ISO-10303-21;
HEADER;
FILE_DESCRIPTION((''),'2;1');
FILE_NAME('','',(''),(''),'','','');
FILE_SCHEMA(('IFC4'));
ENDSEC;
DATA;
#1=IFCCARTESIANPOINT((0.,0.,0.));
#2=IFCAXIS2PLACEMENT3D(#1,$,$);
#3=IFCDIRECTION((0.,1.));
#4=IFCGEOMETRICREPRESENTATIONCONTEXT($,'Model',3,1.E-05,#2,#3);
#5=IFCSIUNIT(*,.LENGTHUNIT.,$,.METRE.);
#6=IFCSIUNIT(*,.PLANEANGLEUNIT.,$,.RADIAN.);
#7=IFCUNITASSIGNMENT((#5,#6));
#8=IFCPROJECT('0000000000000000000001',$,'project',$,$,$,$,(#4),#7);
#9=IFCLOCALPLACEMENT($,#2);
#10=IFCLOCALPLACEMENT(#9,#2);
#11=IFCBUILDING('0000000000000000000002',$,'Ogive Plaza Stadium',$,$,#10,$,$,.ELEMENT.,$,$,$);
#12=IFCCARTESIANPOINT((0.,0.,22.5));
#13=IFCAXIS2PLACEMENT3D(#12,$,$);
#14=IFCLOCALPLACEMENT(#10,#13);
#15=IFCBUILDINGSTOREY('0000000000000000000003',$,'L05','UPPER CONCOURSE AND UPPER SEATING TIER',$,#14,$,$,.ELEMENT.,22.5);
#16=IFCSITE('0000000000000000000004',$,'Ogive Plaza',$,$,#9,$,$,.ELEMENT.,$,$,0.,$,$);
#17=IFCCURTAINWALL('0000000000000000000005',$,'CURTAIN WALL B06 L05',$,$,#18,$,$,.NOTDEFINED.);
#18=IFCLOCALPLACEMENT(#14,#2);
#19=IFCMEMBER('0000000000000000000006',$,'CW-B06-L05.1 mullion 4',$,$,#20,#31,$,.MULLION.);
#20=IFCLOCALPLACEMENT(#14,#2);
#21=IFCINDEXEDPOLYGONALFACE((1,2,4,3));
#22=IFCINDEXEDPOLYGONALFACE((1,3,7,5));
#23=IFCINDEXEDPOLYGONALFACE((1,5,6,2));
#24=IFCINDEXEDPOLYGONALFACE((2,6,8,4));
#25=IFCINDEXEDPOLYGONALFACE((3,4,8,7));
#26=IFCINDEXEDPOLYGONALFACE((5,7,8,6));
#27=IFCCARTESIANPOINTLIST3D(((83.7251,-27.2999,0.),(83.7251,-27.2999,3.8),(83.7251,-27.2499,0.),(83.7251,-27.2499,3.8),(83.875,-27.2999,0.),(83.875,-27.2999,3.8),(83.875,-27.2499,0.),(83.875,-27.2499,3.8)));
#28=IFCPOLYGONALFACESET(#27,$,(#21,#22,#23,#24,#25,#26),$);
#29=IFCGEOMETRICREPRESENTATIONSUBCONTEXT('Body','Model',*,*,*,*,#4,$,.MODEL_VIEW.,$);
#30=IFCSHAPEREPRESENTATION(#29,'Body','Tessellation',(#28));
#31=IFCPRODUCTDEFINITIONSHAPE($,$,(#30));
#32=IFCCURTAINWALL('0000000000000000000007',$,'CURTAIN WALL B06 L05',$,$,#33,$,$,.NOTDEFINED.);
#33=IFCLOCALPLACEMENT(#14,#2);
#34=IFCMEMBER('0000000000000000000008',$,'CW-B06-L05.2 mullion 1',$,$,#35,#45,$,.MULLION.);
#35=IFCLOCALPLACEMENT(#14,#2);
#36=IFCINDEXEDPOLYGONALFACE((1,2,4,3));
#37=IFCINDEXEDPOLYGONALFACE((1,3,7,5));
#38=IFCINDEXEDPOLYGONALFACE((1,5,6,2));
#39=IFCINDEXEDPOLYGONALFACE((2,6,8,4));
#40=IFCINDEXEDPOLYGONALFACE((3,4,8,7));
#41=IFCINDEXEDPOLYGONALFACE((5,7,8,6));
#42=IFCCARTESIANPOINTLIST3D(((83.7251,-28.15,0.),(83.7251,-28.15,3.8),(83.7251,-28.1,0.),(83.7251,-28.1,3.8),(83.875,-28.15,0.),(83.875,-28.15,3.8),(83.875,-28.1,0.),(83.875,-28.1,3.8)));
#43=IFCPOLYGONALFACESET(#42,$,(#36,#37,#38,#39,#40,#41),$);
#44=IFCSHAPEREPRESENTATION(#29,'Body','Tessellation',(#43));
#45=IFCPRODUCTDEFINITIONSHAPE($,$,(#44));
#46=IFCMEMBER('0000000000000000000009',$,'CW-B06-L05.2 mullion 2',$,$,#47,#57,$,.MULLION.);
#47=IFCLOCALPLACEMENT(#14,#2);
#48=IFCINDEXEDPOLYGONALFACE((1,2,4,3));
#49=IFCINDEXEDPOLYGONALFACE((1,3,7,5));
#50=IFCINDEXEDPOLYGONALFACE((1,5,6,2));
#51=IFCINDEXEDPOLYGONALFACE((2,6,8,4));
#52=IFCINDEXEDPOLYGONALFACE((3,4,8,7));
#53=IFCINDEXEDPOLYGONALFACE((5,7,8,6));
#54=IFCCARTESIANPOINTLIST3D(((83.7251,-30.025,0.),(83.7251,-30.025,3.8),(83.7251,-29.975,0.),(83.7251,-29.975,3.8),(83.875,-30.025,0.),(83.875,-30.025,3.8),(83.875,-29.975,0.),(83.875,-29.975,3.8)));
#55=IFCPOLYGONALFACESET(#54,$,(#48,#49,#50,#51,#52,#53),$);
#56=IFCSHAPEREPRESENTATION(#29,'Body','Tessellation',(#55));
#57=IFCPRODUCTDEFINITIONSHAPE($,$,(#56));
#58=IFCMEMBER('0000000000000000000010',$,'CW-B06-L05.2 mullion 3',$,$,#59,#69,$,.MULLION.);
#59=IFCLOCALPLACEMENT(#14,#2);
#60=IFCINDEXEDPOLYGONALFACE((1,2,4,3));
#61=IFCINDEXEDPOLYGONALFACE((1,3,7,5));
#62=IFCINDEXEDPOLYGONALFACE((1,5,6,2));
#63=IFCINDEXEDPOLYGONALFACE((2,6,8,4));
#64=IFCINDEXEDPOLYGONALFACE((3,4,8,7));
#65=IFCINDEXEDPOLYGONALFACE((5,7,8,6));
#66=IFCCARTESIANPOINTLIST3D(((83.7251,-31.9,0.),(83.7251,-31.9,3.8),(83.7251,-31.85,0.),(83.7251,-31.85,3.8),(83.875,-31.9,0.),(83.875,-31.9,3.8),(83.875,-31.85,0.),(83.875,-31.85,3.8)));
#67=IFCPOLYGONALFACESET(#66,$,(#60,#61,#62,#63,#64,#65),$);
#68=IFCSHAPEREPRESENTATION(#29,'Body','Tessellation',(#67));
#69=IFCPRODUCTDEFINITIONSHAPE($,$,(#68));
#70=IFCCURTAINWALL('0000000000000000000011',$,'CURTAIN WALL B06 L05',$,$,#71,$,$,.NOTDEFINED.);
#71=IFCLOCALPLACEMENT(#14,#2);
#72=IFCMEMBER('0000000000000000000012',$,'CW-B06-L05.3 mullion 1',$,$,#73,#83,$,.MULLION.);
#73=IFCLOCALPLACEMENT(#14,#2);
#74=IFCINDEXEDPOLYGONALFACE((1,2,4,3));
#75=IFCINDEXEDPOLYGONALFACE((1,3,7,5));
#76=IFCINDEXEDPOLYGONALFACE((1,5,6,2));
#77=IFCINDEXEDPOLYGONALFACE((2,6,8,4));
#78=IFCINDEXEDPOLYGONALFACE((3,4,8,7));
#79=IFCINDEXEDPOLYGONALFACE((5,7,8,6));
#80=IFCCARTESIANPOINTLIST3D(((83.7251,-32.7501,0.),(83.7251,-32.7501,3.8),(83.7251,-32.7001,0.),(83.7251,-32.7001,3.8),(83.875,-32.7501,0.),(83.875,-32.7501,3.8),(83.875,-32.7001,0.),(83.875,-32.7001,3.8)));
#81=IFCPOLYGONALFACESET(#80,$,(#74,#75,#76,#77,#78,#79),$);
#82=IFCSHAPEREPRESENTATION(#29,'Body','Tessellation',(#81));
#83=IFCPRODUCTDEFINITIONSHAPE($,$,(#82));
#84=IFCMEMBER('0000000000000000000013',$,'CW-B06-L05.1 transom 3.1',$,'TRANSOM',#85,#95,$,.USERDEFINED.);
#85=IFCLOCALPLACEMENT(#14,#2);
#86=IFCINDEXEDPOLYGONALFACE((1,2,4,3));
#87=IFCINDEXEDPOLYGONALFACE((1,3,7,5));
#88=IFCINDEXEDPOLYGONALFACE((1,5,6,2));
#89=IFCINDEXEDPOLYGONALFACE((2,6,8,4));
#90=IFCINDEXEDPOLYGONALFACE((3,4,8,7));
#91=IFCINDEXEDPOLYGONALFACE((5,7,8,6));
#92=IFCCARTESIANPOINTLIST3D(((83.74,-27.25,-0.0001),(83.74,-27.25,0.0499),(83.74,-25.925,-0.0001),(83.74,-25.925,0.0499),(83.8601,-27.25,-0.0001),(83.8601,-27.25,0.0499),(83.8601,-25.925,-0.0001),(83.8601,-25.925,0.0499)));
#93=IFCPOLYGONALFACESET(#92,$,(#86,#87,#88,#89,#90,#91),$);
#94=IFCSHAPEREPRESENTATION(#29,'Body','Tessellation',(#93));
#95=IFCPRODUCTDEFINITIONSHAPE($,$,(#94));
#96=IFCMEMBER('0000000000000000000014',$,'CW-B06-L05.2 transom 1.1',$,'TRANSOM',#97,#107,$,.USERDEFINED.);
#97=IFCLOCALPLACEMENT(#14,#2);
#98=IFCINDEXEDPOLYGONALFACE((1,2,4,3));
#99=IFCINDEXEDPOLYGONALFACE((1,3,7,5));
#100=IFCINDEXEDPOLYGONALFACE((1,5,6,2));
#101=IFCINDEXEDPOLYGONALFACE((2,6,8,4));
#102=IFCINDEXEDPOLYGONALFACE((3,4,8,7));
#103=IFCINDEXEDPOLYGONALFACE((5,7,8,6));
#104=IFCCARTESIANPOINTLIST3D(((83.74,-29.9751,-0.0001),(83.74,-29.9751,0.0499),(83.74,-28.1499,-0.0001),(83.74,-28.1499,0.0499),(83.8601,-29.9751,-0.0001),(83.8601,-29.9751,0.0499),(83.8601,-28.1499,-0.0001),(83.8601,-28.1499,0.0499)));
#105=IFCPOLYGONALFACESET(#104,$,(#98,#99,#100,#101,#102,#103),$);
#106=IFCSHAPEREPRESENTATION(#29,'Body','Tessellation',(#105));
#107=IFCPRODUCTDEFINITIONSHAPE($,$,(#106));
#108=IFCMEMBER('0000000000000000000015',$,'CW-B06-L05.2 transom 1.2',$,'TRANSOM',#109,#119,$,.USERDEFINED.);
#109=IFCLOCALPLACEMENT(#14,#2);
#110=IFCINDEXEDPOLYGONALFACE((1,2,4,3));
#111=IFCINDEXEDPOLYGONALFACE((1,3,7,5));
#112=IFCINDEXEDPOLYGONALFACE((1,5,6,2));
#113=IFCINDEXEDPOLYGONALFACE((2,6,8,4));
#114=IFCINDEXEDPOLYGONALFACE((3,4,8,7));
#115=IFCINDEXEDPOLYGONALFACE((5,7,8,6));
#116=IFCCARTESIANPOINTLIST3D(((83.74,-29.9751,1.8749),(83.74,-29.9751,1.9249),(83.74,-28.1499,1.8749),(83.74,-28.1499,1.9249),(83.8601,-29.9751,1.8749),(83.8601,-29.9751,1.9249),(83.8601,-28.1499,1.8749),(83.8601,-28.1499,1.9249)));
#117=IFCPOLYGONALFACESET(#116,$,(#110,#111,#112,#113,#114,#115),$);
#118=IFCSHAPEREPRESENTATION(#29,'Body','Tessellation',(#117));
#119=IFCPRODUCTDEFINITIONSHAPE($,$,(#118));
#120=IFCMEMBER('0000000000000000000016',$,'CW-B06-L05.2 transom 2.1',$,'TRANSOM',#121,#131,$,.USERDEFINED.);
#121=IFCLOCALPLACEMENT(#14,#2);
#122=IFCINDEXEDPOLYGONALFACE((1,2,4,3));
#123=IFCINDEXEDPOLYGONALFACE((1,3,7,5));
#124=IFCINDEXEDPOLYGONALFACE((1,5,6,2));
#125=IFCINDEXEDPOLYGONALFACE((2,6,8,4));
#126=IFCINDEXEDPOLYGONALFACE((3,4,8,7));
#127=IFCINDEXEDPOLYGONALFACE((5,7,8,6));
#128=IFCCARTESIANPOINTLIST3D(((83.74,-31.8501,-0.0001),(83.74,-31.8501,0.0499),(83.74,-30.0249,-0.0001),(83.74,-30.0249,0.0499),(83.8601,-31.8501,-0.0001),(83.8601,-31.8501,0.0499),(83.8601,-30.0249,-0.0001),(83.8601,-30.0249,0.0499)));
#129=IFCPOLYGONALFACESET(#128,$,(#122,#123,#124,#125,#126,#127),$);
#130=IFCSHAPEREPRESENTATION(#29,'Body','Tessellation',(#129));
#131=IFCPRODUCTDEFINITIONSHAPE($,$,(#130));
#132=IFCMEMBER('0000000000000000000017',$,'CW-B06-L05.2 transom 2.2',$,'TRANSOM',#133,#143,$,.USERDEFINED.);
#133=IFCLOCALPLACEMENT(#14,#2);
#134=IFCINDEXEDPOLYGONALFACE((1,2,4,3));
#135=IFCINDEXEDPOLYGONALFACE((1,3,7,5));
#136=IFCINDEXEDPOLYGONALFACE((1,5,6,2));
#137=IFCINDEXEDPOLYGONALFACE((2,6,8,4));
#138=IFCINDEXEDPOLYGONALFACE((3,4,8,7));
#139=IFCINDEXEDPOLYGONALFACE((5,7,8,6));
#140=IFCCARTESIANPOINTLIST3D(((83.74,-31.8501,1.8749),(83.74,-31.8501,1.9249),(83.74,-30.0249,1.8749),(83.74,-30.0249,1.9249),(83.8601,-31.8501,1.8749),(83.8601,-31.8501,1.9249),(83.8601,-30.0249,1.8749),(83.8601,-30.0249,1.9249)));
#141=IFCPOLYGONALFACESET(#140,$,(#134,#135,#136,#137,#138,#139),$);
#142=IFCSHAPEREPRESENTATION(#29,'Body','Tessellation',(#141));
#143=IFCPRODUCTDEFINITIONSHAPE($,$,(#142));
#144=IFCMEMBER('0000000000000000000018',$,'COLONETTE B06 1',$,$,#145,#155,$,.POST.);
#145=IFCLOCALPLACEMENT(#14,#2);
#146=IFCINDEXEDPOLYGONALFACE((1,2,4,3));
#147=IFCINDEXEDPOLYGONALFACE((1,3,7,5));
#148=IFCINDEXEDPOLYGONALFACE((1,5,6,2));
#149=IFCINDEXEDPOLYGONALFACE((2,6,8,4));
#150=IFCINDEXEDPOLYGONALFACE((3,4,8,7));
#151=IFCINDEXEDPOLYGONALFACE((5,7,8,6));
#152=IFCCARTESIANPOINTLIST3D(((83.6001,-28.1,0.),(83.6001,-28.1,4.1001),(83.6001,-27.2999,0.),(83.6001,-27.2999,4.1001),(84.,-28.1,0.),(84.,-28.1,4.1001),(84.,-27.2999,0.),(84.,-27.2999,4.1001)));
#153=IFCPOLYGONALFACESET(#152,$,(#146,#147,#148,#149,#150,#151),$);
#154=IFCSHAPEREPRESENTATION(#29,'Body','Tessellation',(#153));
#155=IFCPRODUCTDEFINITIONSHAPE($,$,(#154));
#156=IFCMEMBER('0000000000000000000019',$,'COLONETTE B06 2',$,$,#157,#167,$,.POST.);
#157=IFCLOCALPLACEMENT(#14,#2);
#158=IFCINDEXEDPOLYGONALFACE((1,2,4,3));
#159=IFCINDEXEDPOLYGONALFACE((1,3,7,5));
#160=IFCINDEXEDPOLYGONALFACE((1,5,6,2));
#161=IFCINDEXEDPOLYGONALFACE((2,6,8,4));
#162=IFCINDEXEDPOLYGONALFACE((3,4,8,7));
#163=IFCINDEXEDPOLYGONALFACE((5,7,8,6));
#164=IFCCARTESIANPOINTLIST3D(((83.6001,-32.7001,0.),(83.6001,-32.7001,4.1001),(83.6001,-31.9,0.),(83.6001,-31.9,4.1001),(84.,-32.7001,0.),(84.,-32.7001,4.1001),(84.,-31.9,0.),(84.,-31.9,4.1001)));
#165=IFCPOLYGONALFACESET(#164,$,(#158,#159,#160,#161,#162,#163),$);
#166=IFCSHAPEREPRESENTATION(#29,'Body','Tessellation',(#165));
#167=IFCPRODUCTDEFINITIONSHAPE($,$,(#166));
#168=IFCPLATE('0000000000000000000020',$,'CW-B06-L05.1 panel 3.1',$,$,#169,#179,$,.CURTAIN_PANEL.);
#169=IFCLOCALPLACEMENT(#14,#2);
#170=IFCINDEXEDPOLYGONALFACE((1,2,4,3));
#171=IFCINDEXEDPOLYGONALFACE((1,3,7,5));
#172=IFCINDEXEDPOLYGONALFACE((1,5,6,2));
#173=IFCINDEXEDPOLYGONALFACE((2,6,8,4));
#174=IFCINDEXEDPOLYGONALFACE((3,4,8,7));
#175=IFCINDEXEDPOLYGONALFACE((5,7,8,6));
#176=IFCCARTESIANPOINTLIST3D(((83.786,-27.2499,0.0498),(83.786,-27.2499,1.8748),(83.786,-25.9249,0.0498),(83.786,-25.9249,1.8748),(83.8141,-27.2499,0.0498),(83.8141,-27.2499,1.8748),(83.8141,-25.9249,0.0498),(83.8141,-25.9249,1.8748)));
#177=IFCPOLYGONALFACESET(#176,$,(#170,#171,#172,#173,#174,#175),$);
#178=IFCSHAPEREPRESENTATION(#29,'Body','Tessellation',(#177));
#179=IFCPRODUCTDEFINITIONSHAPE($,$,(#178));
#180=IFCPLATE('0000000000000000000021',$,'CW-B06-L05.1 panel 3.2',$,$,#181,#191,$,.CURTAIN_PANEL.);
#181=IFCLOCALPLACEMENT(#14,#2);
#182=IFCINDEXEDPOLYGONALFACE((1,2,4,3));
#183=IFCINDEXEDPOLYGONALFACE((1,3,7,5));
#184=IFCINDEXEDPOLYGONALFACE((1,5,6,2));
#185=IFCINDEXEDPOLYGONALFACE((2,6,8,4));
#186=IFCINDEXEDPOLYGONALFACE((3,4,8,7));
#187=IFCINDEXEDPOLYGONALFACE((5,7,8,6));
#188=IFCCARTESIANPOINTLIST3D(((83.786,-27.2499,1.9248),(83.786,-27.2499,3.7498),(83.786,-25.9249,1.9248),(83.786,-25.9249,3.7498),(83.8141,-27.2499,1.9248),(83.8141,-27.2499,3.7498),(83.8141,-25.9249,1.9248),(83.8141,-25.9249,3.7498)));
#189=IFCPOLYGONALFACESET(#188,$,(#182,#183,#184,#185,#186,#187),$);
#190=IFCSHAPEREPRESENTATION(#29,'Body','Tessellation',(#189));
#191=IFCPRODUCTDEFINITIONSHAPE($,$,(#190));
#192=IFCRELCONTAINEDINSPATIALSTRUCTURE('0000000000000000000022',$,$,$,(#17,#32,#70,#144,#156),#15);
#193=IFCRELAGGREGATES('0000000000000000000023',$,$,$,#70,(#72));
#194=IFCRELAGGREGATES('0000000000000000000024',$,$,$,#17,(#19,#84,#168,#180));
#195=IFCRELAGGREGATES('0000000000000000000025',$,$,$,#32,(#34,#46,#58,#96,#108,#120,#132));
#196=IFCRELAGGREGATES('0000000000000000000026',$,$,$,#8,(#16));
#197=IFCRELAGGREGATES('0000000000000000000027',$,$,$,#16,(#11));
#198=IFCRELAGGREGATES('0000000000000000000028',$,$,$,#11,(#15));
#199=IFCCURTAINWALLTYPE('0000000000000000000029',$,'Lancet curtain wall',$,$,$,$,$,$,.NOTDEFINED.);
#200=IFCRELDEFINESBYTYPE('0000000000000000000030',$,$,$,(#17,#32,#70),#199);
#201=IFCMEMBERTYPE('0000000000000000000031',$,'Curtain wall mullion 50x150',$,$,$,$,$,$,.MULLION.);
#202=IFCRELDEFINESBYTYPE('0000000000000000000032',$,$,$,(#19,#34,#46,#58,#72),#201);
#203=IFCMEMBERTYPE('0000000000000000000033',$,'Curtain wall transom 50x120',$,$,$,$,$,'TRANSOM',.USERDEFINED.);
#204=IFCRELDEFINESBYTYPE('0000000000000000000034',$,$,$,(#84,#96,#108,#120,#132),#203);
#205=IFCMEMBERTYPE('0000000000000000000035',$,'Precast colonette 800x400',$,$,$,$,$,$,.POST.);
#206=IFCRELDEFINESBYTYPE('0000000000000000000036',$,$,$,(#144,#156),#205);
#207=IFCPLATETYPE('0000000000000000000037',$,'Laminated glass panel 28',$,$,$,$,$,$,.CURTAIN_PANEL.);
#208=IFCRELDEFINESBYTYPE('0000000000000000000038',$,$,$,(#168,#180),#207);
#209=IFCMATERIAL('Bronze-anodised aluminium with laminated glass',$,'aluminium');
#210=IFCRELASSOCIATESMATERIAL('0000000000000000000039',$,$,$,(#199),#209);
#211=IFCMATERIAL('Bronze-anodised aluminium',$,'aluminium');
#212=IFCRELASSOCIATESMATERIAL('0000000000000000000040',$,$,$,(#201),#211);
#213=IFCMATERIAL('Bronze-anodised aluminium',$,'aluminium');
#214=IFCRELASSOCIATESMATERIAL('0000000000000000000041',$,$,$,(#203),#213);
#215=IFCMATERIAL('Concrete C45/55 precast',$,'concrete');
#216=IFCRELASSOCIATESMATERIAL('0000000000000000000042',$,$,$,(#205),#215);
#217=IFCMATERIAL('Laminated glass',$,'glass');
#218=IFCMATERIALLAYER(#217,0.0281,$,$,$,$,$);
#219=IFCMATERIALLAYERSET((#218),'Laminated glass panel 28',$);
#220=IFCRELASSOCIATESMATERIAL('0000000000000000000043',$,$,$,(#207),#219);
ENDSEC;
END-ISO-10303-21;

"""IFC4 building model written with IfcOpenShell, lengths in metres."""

from ifc_helpers import new_model, si_unit, direction, frame, origin, origin_2d, place, context, subcontext, project, spatial, rectangle, extrude, material, layer, layer_set, material_profile, profile_set, type_object, element, aggregate, save


model = new_model("IFC4")

# Units and contexts
model_context = context("Model", 3, precision=1e-05, world=origin(), true_north=direction((0.0, 1.0)))
body_context = subcontext(model_context, "Body", "Model", "MODEL_VIEW")
ifc_project = project(units=[si_unit("LENGTHUNIT", "METRE"), si_unit("PLANEANGLEUNIT", "RADIAN")], contexts=[model_context])

# Site, building, storey
site_placement = place(None, origin())
site = spatial("IfcSite", under=ifc_project, at=site_placement, Name="Ogive Plaza", CompositionType="ELEMENT", RefElevation=0.0)
building_placement = place(site_placement, origin())
building = spatial("IfcBuilding", under=site, at=building_placement, Name="Ogive Plaza Stadium", CompositionType="ELEMENT")
storey_placement = place(building_placement, frame((0.0, 0.0, 22.5)))
storey = spatial("IfcBuildingStorey", under=building, at=storey_placement, Name="L05", Description="UPPER CONCOURSE AND UPPER SEATING TIER", CompositionType="ELEMENT", Elevation=22.5)

# Curtain wall, member
ifc_material_1 = material(Name="Bronze-anodised aluminium with laminated glass", Category="aluminium")
curtain_wall_type = type_object("IfcCurtainWallType", Name="Lancet curtain wall", PredefinedType="NOTDEFINED", material=ifc_material_1)
curtain_wall_1_placement = place(storey_placement, origin())
curtain_wall_1 = element("IfcCurtainWall", 1, at=curtain_wall_1_placement, inside=storey, type_object=curtain_wall_type, Name="CURTAIN WALL B06 L05", PredefinedType="NOTDEFINED")
ifc_material_2 = material(Name="Bronze-anodised aluminium", Category="aluminium")
ifc_material_profile_1 = material_profile(ifc_material_2, rectangle(XDim=0.1499, YDim=0.05, at=origin_2d()), Name="AL 150x50")
ifc_profile_set_1 = profile_set([ifc_material_profile_1], Name="Bronze-anodised aluminium")
member_type_1 = type_object("IfcMemberType", Name="Curtain wall mullion 50x150", PredefinedType="MULLION", material=ifc_profile_set_1)
member_1_placement = place(storey_placement, frame((83.8, -27.2749, 0.0), z_axis=(0.0, 0.0, 1.0), x_axis=(1.0, 0.0, 0.0)))
member_1 = element("IfcMember", 2, at=member_1_placement, type_object=member_type_1, Name="CW-B06-L05.1 mullion 4", PredefinedType="MULLION", context=body_context, shape_type="SweptSolid", body=[
    extrude(rectangle(XDim=0.1499, YDim=0.05, at=origin_2d()), origin(), (0.0, 0.0, 1.0), 3.8),
])

# Curtain wall, members
curtain_wall_2_placement = place(storey_placement, origin())
curtain_wall_2 = element("IfcCurtainWall", 3, at=curtain_wall_2_placement, inside=storey, type_object=curtain_wall_type, Name="CURTAIN WALL B06 L05", PredefinedType="NOTDEFINED")
member_2_placement = place(storey_placement, frame((83.8, -28.125, 0.0), z_axis=(0.0, 0.0, 1.0), x_axis=(1.0, 0.0, 0.0)))
member_2 = element("IfcMember", 4, at=member_2_placement, type_object=member_type_1, Name="CW-B06-L05.2 mullion 1", PredefinedType="MULLION", context=body_context, shape_type="SweptSolid", body=[
    extrude(rectangle(XDim=0.1499, YDim=0.05, at=origin_2d()), origin(), (0.0, 0.0, 1.0), 3.8),
])
member_3_placement = place(storey_placement, frame((83.8, -30.0, 0.0), z_axis=(0.0, 0.0, 1.0), x_axis=(1.0, 0.0, 0.0)))
member_3 = element("IfcMember", 5, at=member_3_placement, type_object=member_type_1, Name="CW-B06-L05.2 mullion 2", PredefinedType="MULLION", context=body_context, shape_type="SweptSolid", body=[
    extrude(rectangle(XDim=0.1499, YDim=0.05, at=origin_2d()), origin(), (0.0, 0.0, 1.0), 3.8),
])
member_4_placement = place(storey_placement, frame((83.8, -31.875, 0.0), z_axis=(0.0, 0.0, 1.0), x_axis=(1.0, 0.0, 0.0)))
member_4 = element("IfcMember", 6, at=member_4_placement, type_object=member_type_1, Name="CW-B06-L05.2 mullion 3", PredefinedType="MULLION", context=body_context, shape_type="SweptSolid", body=[
    extrude(rectangle(XDim=0.1499, YDim=0.05, at=origin_2d()), origin(), (0.0, 0.0, 1.0), 3.8),
])

# Curtain wall, member
curtain_wall_3_placement = place(storey_placement, origin())
curtain_wall_3 = element("IfcCurtainWall", 7, at=curtain_wall_3_placement, inside=storey, type_object=curtain_wall_type, Name="CURTAIN WALL B06 L05", PredefinedType="NOTDEFINED")
member_5_placement = place(storey_placement, frame((83.8, -32.7251, 0.0), z_axis=(0.0, 0.0, 1.0), x_axis=(1.0, 0.0, 0.0)))
member_5 = element("IfcMember", 8, at=member_5_placement, type_object=member_type_1, Name="CW-B06-L05.3 mullion 1", PredefinedType="MULLION", context=body_context, shape_type="SweptSolid", body=[
    extrude(rectangle(XDim=0.1499, YDim=0.05, at=origin_2d()), origin(), (0.0, 0.0, 1.0), 3.8),
])
aggregate(curtain_wall_3, [member_5])

# Members
ifc_material_3 = material(Name="Bronze-anodised aluminium", Category="aluminium")
ifc_material_profile_2 = material_profile(ifc_material_3, rectangle(XDim=0.1201, YDim=0.05, at=origin_2d()), Name="AL 120x50")
ifc_profile_set_2 = profile_set([ifc_material_profile_2], Name="Bronze-anodised aluminium")
member_type_2 = type_object("IfcMemberType", Name="Curtain wall transom 50x120", ElementType="TRANSOM", PredefinedType="USERDEFINED", material=ifc_profile_set_2)
member_6_placement = place(storey_placement, frame((83.8, -25.925, 0.0249), z_axis=(0.0, -1.0, 0.0), x_axis=(1.0, 0.0, 0.0)))
member_6 = element("IfcMember", 9, at=member_6_placement, type_object=member_type_2, Name="CW-B06-L05.1 transom 3.1", ObjectType="TRANSOM", PredefinedType="USERDEFINED", context=body_context, shape_type="SweptSolid", body=[
    extrude(rectangle(XDim=0.1201, YDim=0.05, at=origin_2d()), origin(), (0.0, 0.0, 1.0), 1.325),
])
member_7_placement = place(storey_placement, frame((83.8, -28.1499, 0.0249), z_axis=(0.0, -1.0, 0.0), x_axis=(1.0, 0.0, 0.0)))
member_7 = element("IfcMember", 10, at=member_7_placement, type_object=member_type_2, Name="CW-B06-L05.2 transom 1.1", ObjectType="TRANSOM", PredefinedType="USERDEFINED", context=body_context, shape_type="SweptSolid", body=[
    extrude(rectangle(XDim=0.1201, YDim=0.05, at=origin_2d()), origin(), (0.0, 0.0, 1.0), 1.8252),
])
member_8_placement = place(storey_placement, frame((83.8, -28.1499, 1.8999), z_axis=(0.0, -1.0, 0.0), x_axis=(1.0, 0.0, 0.0)))
member_8 = element("IfcMember", 11, at=member_8_placement, type_object=member_type_2, Name="CW-B06-L05.2 transom 1.2", ObjectType="TRANSOM", PredefinedType="USERDEFINED", context=body_context, shape_type="SweptSolid", body=[
    extrude(rectangle(XDim=0.1201, YDim=0.05, at=origin_2d()), origin(), (0.0, 0.0, 1.0), 1.8252),
])
member_9_placement = place(storey_placement, frame((83.8, -30.0249, 0.0249), z_axis=(0.0, -1.0, 0.0), x_axis=(1.0, 0.0, 0.0)))
member_9 = element("IfcMember", 12, at=member_9_placement, type_object=member_type_2, Name="CW-B06-L05.2 transom 2.1", ObjectType="TRANSOM", PredefinedType="USERDEFINED", context=body_context, shape_type="SweptSolid", body=[
    extrude(rectangle(XDim=0.1201, YDim=0.05, at=origin_2d()), origin(), (0.0, 0.0, 1.0), 1.8252),
])
member_10_placement = place(storey_placement, frame((83.8, -30.0249, 1.8999), z_axis=(0.0, -1.0, 0.0), x_axis=(1.0, 0.0, 0.0)))
member_10 = element("IfcMember", 13, at=member_10_placement, type_object=member_type_2, Name="CW-B06-L05.2 transom 2.2", ObjectType="TRANSOM", PredefinedType="USERDEFINED", context=body_context, shape_type="SweptSolid", body=[
    extrude(rectangle(XDim=0.1201, YDim=0.05, at=origin_2d()), origin(), (0.0, 0.0, 1.0), 1.8252),
])

# Members
ifc_material_4 = material(Name="Concrete C45/55 precast", Category="concrete")
ifc_material_profile_3 = material_profile(ifc_material_4, rectangle(XDim=0.3999, YDim=0.8, at=origin_2d()), Name="RC 400x800")
ifc_profile_set_3 = profile_set([ifc_material_profile_3], Name="Concrete C45/55 precast")
member_type_3 = type_object("IfcMemberType", Name="Precast colonette 800x400", PredefinedType="POST", material=ifc_profile_set_3)
for number, where, z_axis, x_axis, name in (
    (14, (83.8, -27.7, 0.0), (0.0, 0.0, 1.0), (1.0, 0.0, 0.0), "COLONETTE B06 1"),
    (15, (83.8, -32.3, 0.0), (0.0, 0.0, 1.0), (1.0, 0.0, 0.0), "COLONETTE B06 2"),
):
    element("IfcMember", number, at=place(storey_placement, frame(where, z_axis=z_axis, x_axis=x_axis)), inside=storey, type_object=member_type_3, Name=name, PredefinedType="POST", context=body_context, shape_type="SweptSolid", body=[
        extrude(rectangle(XDim=0.3999, YDim=0.8, at=origin_2d()), origin(), (0.0, 0.0, 1.0), 4.1001),
    ])

# Plates
ifc_material_5 = material(Name="Laminated glass", Category="glass")
ifc_layer_1 = layer(ifc_material_5, 0.0281)
ifc_layer_set_1 = layer_set([ifc_layer_1], Name="Laminated glass panel 28")
plate_type = type_object("IfcPlateType", Name="Laminated glass panel 28", PredefinedType="CURTAIN_PANEL", material=ifc_layer_set_1)
plate_1_placement = place(storey_placement, frame((83.8, -26.5874, 0.0498), z_axis=(0.0, 0.0, 1.0), x_axis=(0.0, -1.0, 0.0)))
plate_1 = element("IfcPlate", 16, at=plate_1_placement, type_object=plate_type, Name="CW-B06-L05.1 panel 3.1", PredefinedType="CURTAIN_PANEL", context=body_context, shape_type="SweptSolid", body=[
    extrude(rectangle(XDim=1.325, YDim=0.0281, at=origin_2d()), origin(), (0.0, 0.0, 1.0), 1.825),
])
plate_2_placement = place(storey_placement, frame((83.8, -26.5874, 1.9248), z_axis=(0.0, 0.0, 1.0), x_axis=(0.0, -1.0, 0.0)))
plate_2 = element("IfcPlate", 17, at=plate_2_placement, type_object=plate_type, Name="CW-B06-L05.1 panel 3.2", PredefinedType="CURTAIN_PANEL", context=body_context, shape_type="SweptSolid", body=[
    extrude(rectangle(XDim=1.325, YDim=0.0281, at=origin_2d()), origin(), (0.0, 0.0, 1.0), 1.825),
])
aggregate(curtain_wall_1, [member_1, member_6, plate_1, plate_2])
aggregate(curtain_wall_2, [member_2, member_3, member_4, member_7, member_8, member_9, member_10])

save(model, "model.ifc")
